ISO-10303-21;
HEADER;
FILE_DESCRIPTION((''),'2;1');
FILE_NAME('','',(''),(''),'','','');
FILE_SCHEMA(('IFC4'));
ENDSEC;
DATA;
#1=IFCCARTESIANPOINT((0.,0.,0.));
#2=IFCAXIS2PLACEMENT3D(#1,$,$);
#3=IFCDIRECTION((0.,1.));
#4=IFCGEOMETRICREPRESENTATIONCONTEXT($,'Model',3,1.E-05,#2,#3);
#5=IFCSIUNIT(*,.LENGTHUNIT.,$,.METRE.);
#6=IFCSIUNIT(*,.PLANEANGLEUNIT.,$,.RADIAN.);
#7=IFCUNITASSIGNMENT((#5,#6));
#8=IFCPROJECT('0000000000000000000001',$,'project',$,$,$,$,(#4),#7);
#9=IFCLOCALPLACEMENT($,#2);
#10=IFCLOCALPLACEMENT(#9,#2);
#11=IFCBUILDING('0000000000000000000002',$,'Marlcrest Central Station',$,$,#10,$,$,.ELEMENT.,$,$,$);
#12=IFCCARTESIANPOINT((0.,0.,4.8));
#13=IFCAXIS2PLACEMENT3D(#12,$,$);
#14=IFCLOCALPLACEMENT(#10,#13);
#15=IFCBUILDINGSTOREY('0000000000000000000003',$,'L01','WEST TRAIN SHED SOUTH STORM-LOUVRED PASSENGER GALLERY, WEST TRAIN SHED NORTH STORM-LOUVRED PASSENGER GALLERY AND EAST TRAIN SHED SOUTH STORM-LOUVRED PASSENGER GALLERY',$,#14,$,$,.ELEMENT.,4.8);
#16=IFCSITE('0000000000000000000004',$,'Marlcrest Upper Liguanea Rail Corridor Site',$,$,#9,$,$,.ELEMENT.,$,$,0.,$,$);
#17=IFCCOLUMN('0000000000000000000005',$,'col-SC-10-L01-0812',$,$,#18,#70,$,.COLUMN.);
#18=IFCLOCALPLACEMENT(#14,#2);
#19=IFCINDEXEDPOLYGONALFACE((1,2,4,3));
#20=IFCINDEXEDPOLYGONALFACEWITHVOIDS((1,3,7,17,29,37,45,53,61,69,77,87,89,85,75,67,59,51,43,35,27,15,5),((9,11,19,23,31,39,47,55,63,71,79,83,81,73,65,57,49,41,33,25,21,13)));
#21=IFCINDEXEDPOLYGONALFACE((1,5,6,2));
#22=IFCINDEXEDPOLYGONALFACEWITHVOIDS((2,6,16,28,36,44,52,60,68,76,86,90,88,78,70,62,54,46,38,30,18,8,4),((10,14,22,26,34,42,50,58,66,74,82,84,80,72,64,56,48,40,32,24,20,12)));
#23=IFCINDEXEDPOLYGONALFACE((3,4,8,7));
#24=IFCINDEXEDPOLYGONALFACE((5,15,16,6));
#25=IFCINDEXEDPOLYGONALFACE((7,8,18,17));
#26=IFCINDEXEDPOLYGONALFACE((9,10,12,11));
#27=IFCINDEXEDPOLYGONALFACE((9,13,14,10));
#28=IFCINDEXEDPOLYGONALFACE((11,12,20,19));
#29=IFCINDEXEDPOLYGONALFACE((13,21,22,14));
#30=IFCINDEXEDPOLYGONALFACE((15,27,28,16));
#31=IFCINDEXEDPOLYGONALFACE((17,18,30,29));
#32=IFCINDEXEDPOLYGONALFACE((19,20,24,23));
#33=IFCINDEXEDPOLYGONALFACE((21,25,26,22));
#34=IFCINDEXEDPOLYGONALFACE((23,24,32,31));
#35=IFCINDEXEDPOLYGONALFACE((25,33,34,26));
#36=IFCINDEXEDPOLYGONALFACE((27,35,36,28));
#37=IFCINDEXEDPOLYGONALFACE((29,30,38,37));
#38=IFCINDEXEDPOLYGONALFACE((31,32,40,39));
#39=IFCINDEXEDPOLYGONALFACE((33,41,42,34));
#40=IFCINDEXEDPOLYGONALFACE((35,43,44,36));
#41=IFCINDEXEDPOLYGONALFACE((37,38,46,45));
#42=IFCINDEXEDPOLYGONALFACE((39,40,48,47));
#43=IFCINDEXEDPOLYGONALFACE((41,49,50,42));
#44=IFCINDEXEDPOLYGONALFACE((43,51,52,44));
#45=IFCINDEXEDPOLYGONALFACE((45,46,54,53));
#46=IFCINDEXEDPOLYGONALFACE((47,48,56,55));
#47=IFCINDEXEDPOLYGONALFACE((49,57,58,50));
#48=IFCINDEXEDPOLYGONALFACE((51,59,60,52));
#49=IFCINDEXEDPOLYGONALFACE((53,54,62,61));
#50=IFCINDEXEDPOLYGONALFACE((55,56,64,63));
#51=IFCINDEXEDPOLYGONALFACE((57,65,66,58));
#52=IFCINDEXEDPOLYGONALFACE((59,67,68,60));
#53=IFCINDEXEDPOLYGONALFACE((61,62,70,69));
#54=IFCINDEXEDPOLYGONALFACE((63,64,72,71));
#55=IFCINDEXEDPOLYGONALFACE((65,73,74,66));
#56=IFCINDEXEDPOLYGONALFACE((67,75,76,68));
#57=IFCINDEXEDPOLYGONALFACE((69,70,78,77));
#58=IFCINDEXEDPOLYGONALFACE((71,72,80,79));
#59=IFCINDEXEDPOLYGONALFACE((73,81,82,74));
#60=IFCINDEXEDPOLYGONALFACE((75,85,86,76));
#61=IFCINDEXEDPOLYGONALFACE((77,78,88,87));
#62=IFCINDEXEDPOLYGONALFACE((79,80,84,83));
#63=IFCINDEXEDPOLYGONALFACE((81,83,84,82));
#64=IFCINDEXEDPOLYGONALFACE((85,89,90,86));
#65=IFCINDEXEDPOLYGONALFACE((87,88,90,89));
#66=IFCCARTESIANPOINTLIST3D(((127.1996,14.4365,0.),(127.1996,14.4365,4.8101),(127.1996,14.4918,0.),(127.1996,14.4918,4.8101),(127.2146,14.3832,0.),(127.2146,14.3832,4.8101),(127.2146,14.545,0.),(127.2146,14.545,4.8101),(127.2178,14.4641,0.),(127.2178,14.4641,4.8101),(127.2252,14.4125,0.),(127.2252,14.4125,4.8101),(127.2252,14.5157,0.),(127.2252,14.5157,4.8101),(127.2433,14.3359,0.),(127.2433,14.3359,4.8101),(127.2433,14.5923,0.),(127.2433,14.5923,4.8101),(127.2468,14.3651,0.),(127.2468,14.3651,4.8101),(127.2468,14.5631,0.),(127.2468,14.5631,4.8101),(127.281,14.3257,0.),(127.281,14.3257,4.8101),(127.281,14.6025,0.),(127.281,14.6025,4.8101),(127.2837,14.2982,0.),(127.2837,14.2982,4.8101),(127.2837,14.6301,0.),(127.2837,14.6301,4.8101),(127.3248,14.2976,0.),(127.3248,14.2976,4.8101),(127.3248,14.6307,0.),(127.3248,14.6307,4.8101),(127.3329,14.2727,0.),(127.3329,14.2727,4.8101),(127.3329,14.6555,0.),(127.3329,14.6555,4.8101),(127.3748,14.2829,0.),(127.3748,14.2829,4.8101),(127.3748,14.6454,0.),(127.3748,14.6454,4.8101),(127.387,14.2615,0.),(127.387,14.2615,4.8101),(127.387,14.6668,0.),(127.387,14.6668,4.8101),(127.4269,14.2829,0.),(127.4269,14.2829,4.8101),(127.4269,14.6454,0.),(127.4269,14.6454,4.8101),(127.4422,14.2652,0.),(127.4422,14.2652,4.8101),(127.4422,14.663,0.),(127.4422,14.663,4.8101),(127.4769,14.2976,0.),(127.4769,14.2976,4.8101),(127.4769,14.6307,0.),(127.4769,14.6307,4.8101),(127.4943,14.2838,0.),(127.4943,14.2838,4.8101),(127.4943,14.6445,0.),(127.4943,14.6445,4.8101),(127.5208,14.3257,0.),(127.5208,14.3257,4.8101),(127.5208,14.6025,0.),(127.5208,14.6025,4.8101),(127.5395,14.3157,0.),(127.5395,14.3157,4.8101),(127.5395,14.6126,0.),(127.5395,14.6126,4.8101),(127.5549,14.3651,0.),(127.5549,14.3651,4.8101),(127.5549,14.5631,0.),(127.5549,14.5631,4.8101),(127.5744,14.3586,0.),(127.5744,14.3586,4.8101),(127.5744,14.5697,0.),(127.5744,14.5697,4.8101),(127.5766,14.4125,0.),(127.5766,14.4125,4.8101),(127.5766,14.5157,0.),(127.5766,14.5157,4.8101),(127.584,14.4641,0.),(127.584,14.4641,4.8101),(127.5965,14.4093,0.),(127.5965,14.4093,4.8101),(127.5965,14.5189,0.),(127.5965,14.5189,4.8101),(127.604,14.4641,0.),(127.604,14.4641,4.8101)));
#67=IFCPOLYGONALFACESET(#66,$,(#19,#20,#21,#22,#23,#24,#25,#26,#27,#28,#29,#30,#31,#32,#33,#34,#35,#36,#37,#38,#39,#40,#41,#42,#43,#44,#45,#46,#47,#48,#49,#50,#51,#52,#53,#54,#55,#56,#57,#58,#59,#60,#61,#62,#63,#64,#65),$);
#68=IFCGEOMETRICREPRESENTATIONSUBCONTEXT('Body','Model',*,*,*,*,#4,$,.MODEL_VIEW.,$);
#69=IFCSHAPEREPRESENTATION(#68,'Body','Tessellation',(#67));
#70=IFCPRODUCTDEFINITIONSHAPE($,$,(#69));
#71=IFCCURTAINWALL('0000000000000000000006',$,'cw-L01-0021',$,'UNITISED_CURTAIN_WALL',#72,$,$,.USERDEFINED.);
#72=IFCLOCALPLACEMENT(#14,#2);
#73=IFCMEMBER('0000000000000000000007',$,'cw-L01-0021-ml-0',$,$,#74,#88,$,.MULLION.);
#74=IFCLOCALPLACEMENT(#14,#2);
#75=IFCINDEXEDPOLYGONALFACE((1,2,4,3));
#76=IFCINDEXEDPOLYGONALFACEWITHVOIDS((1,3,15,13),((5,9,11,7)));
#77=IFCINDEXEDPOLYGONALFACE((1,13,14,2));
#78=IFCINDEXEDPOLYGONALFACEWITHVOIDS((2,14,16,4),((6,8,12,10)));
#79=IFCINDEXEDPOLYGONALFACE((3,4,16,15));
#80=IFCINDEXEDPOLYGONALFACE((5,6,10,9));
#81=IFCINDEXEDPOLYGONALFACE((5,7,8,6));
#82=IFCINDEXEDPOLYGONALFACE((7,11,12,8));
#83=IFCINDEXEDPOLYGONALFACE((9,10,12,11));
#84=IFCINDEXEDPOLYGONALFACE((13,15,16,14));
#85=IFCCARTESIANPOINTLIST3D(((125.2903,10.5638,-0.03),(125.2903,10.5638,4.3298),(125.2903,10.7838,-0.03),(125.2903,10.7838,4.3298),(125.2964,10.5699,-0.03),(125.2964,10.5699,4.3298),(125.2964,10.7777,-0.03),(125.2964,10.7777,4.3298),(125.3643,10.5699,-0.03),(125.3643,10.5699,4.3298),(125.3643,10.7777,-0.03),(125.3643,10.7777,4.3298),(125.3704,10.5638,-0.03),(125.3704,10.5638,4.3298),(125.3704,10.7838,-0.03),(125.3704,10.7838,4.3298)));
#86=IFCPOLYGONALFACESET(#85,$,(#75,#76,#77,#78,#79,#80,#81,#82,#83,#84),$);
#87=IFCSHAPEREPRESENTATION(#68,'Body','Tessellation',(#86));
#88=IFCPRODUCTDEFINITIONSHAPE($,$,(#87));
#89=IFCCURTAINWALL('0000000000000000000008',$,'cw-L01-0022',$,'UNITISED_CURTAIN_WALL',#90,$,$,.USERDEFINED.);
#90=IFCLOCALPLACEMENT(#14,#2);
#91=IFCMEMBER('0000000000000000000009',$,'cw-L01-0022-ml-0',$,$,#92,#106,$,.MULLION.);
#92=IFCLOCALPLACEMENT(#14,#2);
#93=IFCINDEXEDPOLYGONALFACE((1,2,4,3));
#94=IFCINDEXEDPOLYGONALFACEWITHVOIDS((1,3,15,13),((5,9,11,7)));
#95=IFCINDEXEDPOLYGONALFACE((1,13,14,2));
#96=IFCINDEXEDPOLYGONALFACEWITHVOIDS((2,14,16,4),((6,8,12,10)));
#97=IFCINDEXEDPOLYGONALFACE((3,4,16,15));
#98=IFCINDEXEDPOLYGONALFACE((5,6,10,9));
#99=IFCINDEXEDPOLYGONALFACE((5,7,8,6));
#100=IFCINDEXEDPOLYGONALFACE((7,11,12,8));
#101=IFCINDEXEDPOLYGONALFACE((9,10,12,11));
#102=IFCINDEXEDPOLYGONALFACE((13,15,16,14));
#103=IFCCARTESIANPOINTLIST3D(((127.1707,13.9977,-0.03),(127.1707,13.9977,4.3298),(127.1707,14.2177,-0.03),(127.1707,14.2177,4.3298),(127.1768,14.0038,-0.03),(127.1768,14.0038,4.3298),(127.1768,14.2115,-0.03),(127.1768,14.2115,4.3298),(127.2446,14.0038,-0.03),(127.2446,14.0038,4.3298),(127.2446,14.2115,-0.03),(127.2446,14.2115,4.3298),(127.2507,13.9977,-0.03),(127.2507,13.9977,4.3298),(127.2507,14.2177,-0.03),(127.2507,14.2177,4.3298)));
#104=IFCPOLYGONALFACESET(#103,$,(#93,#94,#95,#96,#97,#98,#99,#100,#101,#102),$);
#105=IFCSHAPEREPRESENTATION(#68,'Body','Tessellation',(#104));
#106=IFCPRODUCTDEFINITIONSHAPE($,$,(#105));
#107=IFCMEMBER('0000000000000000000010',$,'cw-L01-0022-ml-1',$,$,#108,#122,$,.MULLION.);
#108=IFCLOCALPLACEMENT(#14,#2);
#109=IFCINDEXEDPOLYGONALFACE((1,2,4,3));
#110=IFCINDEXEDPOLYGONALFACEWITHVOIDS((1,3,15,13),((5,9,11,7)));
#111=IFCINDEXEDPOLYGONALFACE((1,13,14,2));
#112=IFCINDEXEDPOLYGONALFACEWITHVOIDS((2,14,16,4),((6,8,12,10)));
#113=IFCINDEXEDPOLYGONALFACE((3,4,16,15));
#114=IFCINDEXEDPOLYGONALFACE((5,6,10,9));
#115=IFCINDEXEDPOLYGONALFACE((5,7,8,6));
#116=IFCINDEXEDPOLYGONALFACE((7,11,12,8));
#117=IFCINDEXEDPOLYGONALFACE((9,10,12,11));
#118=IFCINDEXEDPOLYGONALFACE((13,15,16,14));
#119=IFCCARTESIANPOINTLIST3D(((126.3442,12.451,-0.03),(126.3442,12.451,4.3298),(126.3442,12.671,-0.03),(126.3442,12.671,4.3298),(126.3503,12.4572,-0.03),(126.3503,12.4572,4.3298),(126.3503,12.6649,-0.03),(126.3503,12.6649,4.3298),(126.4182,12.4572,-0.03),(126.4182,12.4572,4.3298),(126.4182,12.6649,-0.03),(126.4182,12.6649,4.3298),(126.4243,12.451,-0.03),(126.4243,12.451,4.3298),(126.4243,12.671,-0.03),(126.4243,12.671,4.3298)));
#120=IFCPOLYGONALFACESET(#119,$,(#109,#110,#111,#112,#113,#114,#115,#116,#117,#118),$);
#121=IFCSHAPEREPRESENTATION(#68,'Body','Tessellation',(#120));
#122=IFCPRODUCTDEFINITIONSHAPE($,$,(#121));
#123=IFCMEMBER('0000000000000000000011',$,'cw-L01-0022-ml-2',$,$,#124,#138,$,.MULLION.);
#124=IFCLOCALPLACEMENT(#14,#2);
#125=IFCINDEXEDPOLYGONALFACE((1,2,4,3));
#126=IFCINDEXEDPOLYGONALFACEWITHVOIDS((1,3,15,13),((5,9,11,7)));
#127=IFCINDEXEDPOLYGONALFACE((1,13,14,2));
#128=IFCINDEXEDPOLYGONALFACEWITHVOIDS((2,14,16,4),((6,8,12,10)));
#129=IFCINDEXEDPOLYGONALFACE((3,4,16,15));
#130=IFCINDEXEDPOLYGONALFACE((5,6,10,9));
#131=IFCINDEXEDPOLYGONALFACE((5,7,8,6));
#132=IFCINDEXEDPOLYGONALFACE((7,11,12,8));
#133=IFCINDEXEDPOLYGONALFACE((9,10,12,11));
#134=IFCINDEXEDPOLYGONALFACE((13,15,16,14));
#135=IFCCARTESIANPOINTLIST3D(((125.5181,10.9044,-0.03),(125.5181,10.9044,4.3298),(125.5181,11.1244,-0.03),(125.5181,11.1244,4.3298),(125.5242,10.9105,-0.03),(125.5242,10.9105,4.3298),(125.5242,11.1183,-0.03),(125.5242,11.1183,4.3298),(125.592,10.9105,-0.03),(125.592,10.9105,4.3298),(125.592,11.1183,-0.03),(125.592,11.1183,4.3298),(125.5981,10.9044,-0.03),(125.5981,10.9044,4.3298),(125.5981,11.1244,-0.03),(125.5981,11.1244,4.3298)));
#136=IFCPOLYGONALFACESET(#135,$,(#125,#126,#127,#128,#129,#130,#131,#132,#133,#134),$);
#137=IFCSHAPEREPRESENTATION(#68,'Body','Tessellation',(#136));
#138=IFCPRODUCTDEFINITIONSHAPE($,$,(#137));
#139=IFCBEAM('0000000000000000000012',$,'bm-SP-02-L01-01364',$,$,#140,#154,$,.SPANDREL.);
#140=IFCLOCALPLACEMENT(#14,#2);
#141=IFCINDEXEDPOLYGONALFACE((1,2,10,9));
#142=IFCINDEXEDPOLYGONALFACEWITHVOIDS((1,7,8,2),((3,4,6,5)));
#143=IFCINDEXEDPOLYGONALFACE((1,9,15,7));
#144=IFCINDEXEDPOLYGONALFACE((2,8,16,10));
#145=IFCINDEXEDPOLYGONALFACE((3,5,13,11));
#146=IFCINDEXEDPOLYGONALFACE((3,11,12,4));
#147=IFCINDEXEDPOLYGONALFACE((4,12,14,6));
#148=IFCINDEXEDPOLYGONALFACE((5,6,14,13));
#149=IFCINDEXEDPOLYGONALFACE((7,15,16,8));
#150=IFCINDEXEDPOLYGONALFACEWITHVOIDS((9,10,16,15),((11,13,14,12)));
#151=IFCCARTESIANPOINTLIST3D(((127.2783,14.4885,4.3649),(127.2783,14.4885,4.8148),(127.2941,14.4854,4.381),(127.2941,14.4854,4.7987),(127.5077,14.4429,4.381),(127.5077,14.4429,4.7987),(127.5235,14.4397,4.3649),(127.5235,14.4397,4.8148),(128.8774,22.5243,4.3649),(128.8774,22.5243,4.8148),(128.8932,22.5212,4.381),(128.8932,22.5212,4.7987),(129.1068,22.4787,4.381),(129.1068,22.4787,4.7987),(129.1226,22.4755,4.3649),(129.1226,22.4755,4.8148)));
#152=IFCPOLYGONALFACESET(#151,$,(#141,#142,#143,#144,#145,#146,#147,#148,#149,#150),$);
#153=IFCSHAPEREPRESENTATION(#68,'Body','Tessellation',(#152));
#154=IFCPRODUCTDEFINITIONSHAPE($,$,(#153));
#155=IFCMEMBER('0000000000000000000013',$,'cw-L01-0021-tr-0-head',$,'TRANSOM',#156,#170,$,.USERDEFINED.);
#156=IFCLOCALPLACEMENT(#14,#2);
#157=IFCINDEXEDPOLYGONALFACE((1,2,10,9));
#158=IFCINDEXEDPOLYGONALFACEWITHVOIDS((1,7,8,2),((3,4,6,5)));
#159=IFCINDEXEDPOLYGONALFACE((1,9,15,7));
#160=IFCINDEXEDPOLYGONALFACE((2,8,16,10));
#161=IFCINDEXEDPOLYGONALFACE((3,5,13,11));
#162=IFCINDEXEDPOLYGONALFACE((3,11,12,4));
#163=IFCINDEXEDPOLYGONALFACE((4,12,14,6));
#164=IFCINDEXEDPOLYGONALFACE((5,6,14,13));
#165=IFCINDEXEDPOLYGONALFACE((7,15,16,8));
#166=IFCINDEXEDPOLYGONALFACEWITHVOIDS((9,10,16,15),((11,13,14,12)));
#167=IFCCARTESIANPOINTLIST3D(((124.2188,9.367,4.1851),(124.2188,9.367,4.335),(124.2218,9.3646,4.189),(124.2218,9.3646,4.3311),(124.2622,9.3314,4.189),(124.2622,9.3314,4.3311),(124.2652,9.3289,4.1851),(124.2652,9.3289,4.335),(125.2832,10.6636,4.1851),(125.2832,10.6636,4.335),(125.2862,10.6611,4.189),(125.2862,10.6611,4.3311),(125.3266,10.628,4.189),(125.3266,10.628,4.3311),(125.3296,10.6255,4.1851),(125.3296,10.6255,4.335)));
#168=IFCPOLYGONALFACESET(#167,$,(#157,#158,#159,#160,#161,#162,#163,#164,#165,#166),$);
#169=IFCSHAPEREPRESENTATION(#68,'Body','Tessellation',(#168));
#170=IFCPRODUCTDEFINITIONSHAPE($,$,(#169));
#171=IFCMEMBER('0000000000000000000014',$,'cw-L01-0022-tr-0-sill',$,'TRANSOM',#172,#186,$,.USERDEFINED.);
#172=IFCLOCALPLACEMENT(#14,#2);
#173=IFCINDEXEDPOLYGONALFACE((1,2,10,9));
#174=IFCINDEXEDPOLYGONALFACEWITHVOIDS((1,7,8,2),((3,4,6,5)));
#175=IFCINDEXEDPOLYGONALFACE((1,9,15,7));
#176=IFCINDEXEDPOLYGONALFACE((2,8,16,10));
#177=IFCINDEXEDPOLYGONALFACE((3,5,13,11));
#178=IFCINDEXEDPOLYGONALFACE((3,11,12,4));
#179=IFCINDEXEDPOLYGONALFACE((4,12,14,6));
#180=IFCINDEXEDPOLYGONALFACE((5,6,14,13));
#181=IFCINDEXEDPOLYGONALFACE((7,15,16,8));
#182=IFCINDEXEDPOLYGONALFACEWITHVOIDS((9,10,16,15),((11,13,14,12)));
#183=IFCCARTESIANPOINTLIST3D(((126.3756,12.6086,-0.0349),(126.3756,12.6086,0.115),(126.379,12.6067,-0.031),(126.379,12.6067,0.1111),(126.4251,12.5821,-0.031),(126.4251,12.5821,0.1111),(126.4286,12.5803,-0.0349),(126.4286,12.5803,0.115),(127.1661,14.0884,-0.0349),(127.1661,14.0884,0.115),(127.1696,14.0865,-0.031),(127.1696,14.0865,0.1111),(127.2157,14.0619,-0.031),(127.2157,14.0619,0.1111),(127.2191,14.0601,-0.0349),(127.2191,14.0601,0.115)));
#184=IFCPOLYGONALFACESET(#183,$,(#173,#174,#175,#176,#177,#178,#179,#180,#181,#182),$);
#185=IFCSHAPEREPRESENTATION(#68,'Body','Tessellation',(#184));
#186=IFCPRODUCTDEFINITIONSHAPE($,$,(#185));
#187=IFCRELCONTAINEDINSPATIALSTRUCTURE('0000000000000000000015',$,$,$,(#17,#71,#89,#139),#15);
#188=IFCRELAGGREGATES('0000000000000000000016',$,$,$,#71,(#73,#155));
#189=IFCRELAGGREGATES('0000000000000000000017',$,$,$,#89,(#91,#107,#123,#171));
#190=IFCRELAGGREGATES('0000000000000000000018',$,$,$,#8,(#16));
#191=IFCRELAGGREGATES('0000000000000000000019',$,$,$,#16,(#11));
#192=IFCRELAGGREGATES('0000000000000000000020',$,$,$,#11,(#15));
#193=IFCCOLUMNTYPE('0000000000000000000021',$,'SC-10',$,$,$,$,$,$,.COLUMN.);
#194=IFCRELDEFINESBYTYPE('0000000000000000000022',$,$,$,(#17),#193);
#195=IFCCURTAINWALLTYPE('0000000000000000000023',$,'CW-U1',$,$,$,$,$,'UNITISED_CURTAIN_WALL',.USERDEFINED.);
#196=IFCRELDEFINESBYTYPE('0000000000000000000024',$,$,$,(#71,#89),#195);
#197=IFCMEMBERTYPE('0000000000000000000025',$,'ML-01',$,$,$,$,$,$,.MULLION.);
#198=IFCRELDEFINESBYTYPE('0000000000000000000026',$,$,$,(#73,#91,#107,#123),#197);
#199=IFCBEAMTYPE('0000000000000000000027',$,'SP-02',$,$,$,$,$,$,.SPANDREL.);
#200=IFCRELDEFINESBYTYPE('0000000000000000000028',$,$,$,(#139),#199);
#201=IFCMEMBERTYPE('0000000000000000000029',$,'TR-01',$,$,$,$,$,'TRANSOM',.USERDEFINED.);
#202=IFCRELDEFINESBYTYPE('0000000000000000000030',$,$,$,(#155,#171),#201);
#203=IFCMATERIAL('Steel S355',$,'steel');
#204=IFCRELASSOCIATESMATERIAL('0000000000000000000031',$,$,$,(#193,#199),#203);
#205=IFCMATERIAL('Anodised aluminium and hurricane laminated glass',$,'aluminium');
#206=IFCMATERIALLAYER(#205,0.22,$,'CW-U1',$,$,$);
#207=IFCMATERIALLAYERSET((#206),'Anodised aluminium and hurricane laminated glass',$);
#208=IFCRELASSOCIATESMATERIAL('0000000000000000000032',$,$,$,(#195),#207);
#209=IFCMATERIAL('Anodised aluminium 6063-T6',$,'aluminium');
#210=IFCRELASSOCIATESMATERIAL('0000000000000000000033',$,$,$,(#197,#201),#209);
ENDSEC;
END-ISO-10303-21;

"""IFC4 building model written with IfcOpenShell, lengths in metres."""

from ifc_helpers import new_model, si_unit, direction, frame, origin, origin_2d, place, context, subcontext, project, spatial, hollow_rectangle, hollow_circle, extrude, material, layer, layer_set, material_profile, profile_set, type_object, element, aggregate, save


model = new_model("IFC4")

# Units and contexts
model_context = context("Model", 3, precision=1e-05, world=origin(), true_north=direction((0.0, 1.0)))
body_context = subcontext(model_context, "Body", "Model", "MODEL_VIEW")
ifc_project = project(units=[si_unit("LENGTHUNIT", "METRE"), si_unit("PLANEANGLEUNIT", "RADIAN")], contexts=[model_context])

# Site, building, storey
site_placement = place(None, origin())
site = spatial("IfcSite", under=ifc_project, at=site_placement, Name="Marlcrest Upper Liguanea Rail Corridor Site", CompositionType="ELEMENT", RefElevation=0.0)
building_placement = place(site_placement, origin())
building = spatial("IfcBuilding", under=site, at=building_placement, Name="Marlcrest Central Station", CompositionType="ELEMENT")
storey_placement = place(building_placement, frame((0.0, 0.0, 4.8)))
storey = spatial("IfcBuildingStorey", under=building, at=storey_placement, Name="L01", Description="WEST TRAIN SHED SOUTH STORM-LOUVRED PASSENGER GALLERY, WEST TRAIN SHED NORTH STORM-LOUVRED PASSENGER GALLERY AND EAST TRAIN SHED SOUTH STORM-LOUVRED PASSENGER GALLERY", CompositionType="ELEMENT", Elevation=4.8)

# Column
ifc_material_1 = material(Name="Steel S355", Category="steel")
ifc_material_profile_1 = material_profile(ifc_material_1, hollow_circle(Radius=0.2031, WallThickness=0.02, at=origin_2d()), Name="CHS 406.4x20")
ifc_profile_set_1 = profile_set([ifc_material_profile_1], Name="Steel S355")
column_type = type_object("IfcColumnType", Name="SC-10", PredefinedType="COLUMN", material=ifc_profile_set_1)
column_placement = place(storey_placement, frame((127.4009, 14.4641, 0.0), z_axis=(0.0, 0.0, 1.0), x_axis=(1.0, 0.0, 0.0)))
element("IfcColumn", 1, at=column_placement, inside=storey, type_object=column_type, Name="col-SC-10-L01-0812", PredefinedType="COLUMN", context=body_context, shape_type="SweptSolid", body=[
    extrude(hollow_circle(Radius=0.2031, WallThickness=0.02, at=origin_2d()), origin(), (0.0, 0.0, 1.0), 4.8101),
])

# Curtain wall, member
ifc_material_2 = material(Name="Anodised aluminium and hurricane laminated glass", Category="aluminium")
ifc_layer_1 = layer(ifc_material_2, 0.22, Name="CW-U1")
ifc_layer_set_1 = layer_set([ifc_layer_1], Name="Anodised aluminium and hurricane laminated glass")
curtain_wall_type = type_object("IfcCurtainWallType", Name="CW-U1", ElementType="UNITISED_CURTAIN_WALL", PredefinedType="USERDEFINED", material=ifc_layer_set_1)
curtain_wall_1_placement = place(storey_placement, origin())
curtain_wall_1 = element("IfcCurtainWall", 2, at=curtain_wall_1_placement, inside=storey, type_object=curtain_wall_type, Name="cw-L01-0021", ObjectType="UNITISED_CURTAIN_WALL", PredefinedType="USERDEFINED")
ifc_material_3 = material(Name="Anodised aluminium 6063-T6", Category="aluminium")
ifc_material_profile_2 = material_profile(ifc_material_3, hollow_rectangle(XDim=0.0801, YDim=0.22, WallThickness=0.0061, at=origin_2d()), Name="AA-RHS 220x80x6")
ifc_profile_set_2 = profile_set([ifc_material_profile_2], Name="Anodised aluminium 6063-T6")
member_type_1 = type_object("IfcMemberType", Name="ML-01", PredefinedType="MULLION", material=ifc_profile_set_2)
member_1_placement = place(storey_placement, frame((125.3303, 10.6738, -0.03), z_axis=(0.0, 0.0, 1.0), x_axis=(1.0, 0.0, 0.0)))
member_1 = element("IfcMember", 3, at=member_1_placement, type_object=member_type_1, Name="cw-L01-0021-ml-0", PredefinedType="MULLION", context=body_context, shape_type="SweptSolid", body=[
    extrude(hollow_rectangle(XDim=0.0801, YDim=0.22, WallThickness=0.0061, at=origin_2d()), origin(), (0.0, 0.0, 1.0), 4.3599),
])

# Curtain wall, members
curtain_wall_2_placement = place(storey_placement, origin())
curtain_wall_2 = element("IfcCurtainWall", 4, at=curtain_wall_2_placement, inside=storey, type_object=curtain_wall_type, Name="cw-L01-0022", ObjectType="UNITISED_CURTAIN_WALL", PredefinedType="USERDEFINED")
member_2_placement = place(storey_placement, frame((127.2107, 14.1077, -0.03), z_axis=(0.0, 0.0, 1.0), x_axis=(1.0, 0.0, 0.0)))
member_2 = element("IfcMember", 5, at=member_2_placement, type_object=member_type_1, Name="cw-L01-0022-ml-0", PredefinedType="MULLION", context=body_context, shape_type="SweptSolid", body=[
    extrude(hollow_rectangle(XDim=0.0801, YDim=0.22, WallThickness=0.0061, at=origin_2d()), origin(), (0.0, 0.0, 1.0), 4.3599),
])
member_3_placement = place(storey_placement, frame((126.3843, 12.561, -0.03), z_axis=(0.0, 0.0, 1.0), x_axis=(1.0, 0.0, 0.0)))
member_3 = element("IfcMember", 6, at=member_3_placement, type_object=member_type_1, Name="cw-L01-0022-ml-1", PredefinedType="MULLION", context=body_context, shape_type="SweptSolid", body=[
    extrude(hollow_rectangle(XDim=0.0801, YDim=0.22, WallThickness=0.0061, at=origin_2d()), origin(), (0.0, 0.0, 1.0), 4.3599),
])
member_4_placement = place(storey_placement, frame((125.5581, 11.0144, -0.03), z_axis=(0.0, 0.0, 1.0), x_axis=(1.0, 0.0, 0.0)))
member_4 = element("IfcMember", 7, at=member_4_placement, type_object=member_type_1, Name="cw-L01-0022-ml-2", PredefinedType="MULLION", context=body_context, shape_type="SweptSolid", body=[
    extrude(hollow_rectangle(XDim=0.0801, YDim=0.22, WallThickness=0.0061, at=origin_2d()), origin(), (0.0, 0.0, 1.0), 4.3599),
])

# Beam
ifc_material_profile_3 = material_profile(ifc_material_1, hollow_rectangle(XDim=0.25, YDim=0.45, WallThickness=0.0161, at=origin_2d()), Name="RHS 450x250x16")
ifc_profile_set_3 = profile_set([ifc_material_profile_3], Name="Steel S355")
beam_type = type_object("IfcBeamType", Name="SP-02", PredefinedType="SPANDREL", material=ifc_profile_set_3)
beam_placement = place(storey_placement, frame((127.4009, 14.4641, 4.5898), z_axis=(0.195171, 0.980769, 0.0), x_axis=(-0.980769, 0.195171, 0.0)))
element("IfcBeam", 8, at=beam_placement, inside=storey, type_object=beam_type, Name="bm-SP-02-L01-01364", PredefinedType="SPANDREL", context=body_context, shape_type="SweptSolid", body=[
    extrude(hollow_rectangle(XDim=0.25, YDim=0.45, WallThickness=0.0161, at=origin_2d()), origin(), (0.0, 0.0, 1.0), 8.1934),
])

# Members
ifc_material_profile_4 = material_profile(ifc_material_3, hollow_rectangle(XDim=0.0601, YDim=0.1499, WallThickness=0.0039, at=origin_2d()), Name="AA-RHS 150x60x4")
ifc_profile_set_4 = profile_set([ifc_material_profile_4], Name="Anodised aluminium 6063-T6")
member_type_2 = type_object("IfcMemberType", Name="TR-01", ElementType="TRANSOM", PredefinedType="USERDEFINED", material=ifc_profile_set_4)
member_5_placement = place(storey_placement, frame((125.3064, 10.6445, 4.26), z_axis=(-0.634513, -0.772912, 0.0), x_axis=(0.772912, -0.634513, 0.0)))
member_5 = element("IfcMember", 9, at=member_5_placement, type_object=member_type_2, Name="cw-L01-0021-tr-0-head", ObjectType="TRANSOM", PredefinedType="USERDEFINED", context=body_context, shape_type="SweptSolid", body=[
    extrude(hollow_rectangle(XDim=0.0601, YDim=0.1499, WallThickness=0.0039, at=origin_2d()), origin(), (0.0, 0.0, 1.0), 1.6775),
])
aggregate(curtain_wall_1, [member_1, member_5])
member_6_placement = place(storey_placement, frame((127.1926, 14.0742, 0.04), z_axis=(-0.471207, -0.882022, 0.0), x_axis=(0.882022, -0.471207, 0.0)))
member_6 = element("IfcMember", 10, at=member_6_placement, type_object=member_type_2, Name="cw-L01-0022-tr-0-sill", ObjectType="TRANSOM", PredefinedType="USERDEFINED", context=body_context, shape_type="SweptSolid", body=[
    extrude(hollow_rectangle(XDim=0.0601, YDim=0.1499, WallThickness=0.0039, at=origin_2d()), origin(), (0.0, 0.0, 1.0), 1.6777),
])

aggregate(curtain_wall_2, [member_2, member_3, member_4, member_6])

save(model, "model.ifc")
